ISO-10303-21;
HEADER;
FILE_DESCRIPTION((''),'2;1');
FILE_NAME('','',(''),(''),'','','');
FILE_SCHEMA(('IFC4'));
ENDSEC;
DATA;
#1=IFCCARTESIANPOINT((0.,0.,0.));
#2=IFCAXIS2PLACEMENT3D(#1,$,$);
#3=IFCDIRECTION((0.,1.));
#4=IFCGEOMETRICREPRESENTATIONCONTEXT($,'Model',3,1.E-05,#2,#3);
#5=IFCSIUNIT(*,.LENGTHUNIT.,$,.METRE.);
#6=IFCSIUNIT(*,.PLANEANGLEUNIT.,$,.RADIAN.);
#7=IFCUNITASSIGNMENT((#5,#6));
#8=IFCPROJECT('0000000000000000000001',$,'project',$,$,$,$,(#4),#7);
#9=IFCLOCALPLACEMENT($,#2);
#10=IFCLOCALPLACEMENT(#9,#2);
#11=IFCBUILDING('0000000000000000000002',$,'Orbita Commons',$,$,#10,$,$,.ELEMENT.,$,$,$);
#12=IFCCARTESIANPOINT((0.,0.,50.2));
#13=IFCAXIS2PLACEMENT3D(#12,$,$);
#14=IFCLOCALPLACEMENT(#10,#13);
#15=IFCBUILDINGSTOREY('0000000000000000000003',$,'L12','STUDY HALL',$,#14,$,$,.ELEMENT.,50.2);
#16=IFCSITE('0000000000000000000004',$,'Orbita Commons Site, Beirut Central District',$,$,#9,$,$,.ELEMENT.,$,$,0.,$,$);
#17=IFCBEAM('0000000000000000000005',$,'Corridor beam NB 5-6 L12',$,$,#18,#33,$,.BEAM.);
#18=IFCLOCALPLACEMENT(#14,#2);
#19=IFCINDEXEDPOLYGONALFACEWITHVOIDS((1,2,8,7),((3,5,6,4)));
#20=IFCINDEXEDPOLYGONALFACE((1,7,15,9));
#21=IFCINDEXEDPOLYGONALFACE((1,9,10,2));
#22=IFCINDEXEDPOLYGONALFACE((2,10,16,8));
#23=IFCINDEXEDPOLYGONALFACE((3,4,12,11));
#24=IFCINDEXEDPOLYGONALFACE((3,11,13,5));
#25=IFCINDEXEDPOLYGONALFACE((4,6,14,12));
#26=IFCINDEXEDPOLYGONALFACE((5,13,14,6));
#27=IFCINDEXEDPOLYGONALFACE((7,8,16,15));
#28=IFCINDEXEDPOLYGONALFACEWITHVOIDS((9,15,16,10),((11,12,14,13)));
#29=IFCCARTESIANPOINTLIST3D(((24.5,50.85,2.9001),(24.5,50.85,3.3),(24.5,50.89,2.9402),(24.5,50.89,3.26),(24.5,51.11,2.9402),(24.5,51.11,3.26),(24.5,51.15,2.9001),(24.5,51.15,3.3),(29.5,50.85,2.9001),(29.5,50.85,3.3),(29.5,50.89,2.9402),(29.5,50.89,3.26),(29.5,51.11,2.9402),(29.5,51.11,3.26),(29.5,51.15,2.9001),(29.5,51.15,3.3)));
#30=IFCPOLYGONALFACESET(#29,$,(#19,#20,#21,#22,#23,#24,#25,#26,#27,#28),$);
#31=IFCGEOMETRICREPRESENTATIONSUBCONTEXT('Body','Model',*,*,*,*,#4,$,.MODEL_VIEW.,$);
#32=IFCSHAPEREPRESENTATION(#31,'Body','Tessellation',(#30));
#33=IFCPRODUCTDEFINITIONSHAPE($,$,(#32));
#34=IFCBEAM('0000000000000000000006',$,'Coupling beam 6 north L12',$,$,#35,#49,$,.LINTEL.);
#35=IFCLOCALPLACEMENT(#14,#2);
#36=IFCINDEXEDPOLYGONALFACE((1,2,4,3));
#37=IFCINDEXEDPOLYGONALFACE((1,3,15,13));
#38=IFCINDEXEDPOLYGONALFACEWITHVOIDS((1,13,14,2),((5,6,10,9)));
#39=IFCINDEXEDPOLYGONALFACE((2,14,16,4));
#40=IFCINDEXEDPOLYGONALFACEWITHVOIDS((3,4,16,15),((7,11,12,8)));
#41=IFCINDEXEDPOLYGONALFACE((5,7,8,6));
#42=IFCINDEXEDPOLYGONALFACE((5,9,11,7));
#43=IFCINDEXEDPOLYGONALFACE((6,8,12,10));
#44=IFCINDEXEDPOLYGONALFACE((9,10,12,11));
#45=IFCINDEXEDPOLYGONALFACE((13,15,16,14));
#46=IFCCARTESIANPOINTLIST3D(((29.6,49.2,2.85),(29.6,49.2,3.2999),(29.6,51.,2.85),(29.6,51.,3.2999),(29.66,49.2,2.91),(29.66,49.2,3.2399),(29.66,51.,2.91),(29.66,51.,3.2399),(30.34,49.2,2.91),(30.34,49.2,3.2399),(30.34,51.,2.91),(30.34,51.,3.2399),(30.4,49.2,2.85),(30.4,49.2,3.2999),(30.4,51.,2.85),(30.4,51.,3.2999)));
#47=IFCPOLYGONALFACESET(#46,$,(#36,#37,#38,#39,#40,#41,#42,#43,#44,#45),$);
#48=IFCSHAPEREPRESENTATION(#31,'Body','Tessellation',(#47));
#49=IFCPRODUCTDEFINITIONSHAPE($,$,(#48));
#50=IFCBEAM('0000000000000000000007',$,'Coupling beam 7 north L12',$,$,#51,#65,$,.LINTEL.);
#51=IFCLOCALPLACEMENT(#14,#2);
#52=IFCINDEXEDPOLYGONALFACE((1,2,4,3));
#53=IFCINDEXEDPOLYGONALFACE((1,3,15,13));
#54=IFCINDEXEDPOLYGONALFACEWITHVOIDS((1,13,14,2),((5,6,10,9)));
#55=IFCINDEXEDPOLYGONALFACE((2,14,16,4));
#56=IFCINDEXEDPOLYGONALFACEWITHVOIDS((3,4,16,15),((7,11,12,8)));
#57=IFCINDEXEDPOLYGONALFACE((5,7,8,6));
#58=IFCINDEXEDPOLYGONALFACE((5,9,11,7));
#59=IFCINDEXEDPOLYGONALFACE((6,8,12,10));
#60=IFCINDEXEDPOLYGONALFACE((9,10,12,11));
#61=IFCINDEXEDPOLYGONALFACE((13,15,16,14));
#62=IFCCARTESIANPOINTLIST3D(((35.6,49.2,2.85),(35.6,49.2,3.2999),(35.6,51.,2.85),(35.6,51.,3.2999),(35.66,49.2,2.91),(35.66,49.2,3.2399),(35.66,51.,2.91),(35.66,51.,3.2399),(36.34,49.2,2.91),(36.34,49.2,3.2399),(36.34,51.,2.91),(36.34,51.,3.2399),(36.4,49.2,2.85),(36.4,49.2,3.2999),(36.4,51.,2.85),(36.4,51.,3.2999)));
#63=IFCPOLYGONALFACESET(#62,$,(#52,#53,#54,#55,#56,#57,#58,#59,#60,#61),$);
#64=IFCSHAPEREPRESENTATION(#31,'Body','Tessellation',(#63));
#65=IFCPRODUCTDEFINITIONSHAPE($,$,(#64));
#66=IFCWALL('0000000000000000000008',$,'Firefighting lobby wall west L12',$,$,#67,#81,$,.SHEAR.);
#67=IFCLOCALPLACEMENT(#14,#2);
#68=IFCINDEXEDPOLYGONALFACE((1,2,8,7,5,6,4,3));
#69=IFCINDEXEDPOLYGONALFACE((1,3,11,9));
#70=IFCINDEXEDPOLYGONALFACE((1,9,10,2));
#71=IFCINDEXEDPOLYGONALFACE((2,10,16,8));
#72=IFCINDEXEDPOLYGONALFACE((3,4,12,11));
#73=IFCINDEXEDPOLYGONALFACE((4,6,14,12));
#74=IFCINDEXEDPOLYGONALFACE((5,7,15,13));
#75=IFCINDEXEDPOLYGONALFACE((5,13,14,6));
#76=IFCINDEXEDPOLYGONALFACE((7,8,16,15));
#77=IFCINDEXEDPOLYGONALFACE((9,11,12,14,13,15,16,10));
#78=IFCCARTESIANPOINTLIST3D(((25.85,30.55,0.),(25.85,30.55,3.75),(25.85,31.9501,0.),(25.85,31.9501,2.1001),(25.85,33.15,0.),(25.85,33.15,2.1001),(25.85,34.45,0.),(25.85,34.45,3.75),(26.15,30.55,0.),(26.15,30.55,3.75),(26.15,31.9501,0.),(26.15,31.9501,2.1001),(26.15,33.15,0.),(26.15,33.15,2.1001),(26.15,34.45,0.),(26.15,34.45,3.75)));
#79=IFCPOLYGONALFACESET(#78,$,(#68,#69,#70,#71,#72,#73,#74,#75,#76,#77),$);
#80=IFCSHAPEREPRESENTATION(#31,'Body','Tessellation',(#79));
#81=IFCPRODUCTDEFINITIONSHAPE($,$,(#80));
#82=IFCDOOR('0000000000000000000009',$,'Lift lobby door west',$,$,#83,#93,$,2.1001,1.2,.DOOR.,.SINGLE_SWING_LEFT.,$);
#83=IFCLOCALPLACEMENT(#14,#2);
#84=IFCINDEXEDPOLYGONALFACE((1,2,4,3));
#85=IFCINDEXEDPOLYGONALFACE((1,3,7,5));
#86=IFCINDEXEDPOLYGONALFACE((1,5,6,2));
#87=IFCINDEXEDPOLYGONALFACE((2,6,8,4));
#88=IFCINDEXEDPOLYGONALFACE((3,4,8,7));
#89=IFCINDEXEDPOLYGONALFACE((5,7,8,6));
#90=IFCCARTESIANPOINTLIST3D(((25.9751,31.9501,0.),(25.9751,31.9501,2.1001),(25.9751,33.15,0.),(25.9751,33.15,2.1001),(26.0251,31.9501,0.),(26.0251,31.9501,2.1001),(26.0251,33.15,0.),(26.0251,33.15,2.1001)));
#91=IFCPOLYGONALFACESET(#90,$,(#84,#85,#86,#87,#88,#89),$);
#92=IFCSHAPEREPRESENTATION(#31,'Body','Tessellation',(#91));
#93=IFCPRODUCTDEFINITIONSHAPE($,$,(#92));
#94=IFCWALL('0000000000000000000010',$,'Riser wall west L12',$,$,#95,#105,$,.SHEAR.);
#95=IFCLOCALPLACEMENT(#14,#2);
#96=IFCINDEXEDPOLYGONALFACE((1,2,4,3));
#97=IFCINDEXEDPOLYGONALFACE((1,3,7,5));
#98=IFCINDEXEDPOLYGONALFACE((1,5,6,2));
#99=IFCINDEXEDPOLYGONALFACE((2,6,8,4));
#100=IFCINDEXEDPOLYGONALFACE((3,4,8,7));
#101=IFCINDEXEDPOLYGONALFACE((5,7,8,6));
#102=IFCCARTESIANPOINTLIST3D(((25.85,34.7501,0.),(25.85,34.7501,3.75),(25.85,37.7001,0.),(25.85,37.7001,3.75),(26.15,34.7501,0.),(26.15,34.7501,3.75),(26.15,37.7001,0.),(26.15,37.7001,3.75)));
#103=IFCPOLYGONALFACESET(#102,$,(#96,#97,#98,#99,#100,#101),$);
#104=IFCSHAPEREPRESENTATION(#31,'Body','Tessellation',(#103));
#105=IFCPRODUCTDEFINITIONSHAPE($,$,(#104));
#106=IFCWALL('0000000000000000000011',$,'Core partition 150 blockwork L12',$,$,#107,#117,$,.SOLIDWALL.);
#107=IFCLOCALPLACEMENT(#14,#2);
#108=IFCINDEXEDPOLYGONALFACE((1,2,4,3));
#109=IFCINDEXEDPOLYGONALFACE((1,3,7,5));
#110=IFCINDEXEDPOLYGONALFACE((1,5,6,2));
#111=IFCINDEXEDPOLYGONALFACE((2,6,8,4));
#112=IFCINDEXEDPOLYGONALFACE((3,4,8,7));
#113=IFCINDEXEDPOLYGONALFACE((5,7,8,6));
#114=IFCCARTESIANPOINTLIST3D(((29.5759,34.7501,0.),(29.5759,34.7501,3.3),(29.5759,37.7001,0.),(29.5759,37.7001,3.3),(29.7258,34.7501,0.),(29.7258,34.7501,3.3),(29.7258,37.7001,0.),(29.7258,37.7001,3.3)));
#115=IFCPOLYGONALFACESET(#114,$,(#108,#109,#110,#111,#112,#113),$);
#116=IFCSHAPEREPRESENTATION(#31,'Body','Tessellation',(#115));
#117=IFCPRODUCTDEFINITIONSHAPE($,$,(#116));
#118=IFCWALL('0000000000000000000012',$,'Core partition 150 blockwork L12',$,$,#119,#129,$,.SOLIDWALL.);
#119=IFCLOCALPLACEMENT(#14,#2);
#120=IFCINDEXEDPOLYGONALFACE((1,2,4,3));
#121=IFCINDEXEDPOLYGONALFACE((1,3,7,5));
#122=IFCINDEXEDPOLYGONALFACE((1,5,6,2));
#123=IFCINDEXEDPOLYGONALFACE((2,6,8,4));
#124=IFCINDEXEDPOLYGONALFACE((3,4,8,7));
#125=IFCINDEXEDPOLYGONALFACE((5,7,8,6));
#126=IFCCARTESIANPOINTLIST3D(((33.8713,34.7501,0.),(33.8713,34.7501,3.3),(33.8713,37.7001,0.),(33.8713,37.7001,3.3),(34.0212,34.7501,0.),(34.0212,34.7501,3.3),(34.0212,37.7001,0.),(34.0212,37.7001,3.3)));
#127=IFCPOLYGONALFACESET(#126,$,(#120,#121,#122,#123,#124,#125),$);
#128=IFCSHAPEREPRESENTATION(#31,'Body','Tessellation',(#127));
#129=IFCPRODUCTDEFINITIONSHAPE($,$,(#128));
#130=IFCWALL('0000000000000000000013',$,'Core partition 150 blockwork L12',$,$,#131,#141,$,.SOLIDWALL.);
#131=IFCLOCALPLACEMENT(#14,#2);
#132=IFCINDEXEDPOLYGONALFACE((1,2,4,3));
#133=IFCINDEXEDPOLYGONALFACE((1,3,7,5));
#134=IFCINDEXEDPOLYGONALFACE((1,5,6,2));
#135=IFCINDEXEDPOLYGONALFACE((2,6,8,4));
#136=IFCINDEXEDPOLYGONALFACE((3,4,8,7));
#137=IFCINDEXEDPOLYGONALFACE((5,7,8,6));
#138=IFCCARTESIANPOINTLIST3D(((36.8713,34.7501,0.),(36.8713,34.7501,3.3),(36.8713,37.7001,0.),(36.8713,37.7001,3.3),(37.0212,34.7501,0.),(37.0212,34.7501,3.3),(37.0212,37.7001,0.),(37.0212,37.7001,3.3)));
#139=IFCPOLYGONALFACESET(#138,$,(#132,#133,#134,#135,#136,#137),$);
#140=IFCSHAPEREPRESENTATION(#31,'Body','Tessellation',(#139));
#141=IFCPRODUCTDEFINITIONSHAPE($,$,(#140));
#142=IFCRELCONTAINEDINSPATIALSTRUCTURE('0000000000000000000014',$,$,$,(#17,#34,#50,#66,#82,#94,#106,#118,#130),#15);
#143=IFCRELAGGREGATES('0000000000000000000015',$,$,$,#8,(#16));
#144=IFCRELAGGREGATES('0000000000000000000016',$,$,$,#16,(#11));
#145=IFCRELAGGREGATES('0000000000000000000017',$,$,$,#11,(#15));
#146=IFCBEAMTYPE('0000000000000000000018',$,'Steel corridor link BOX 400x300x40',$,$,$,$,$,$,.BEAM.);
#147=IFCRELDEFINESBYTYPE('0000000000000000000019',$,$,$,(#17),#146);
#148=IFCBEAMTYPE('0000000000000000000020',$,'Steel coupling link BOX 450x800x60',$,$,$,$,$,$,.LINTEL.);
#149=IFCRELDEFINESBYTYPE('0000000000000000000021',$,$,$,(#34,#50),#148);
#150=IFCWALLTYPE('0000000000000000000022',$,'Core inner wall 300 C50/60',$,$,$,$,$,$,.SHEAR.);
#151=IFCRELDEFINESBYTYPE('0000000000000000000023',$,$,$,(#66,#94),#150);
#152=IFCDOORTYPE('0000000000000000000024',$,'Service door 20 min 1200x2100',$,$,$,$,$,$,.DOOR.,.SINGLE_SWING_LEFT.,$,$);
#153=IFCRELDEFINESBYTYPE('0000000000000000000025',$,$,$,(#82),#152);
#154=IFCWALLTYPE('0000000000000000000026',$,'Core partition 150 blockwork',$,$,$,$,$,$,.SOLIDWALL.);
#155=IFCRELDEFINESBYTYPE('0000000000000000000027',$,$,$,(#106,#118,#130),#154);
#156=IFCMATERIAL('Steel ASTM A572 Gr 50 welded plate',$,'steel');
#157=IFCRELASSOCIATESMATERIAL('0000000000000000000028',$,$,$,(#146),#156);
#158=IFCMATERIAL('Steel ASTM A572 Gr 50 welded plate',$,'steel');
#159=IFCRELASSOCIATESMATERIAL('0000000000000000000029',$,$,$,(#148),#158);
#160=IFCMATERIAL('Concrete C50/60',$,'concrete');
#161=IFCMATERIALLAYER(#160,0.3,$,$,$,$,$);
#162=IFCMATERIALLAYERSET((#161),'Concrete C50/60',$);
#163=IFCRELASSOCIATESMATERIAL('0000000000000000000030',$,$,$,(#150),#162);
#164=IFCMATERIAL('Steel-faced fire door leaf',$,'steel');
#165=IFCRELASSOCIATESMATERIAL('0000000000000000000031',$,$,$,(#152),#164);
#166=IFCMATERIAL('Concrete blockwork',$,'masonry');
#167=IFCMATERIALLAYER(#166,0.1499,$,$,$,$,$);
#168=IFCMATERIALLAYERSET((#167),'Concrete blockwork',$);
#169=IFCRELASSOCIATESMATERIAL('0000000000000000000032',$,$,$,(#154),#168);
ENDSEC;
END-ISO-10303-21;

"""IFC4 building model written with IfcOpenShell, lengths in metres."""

from ifc_helpers import new_model, si_unit, direction, frame, frame_2d, origin, origin_2d, place, context, subcontext, project, spatial, rectangle, hollow_rectangle, extrude, material, layer, layer_set, material_profile, profile_set, type_object, element, fill, save


model = new_model("IFC4")

# Units and contexts
model_context = context("Model", 3, precision=1e-05, world=origin(), true_north=direction((0.0, 1.0)))
body_context = subcontext(model_context, "Body", "Model", "MODEL_VIEW")
ifc_project = project(units=[si_unit("LENGTHUNIT", "METRE"), si_unit("PLANEANGLEUNIT", "RADIAN")], contexts=[model_context])

# Site, building, storey
site_placement = place(None, origin())
site = spatial("IfcSite", under=ifc_project, at=site_placement, Name="Orbita Commons Site, Beirut Central District", CompositionType="ELEMENT", RefElevation=0.0)
building_placement = place(site_placement, origin())
building = spatial("IfcBuilding", under=site, at=building_placement, Name="Orbita Commons", CompositionType="ELEMENT")
storey_placement = place(building_placement, frame((0.0, 0.0, 50.2)))
storey = spatial("IfcBuildingStorey", under=building, at=storey_placement, Name="L12", Description="STUDY HALL", CompositionType="ELEMENT", Elevation=50.2)

# Beams
ifc_material_1 = material(Name="Steel ASTM A572 Gr 50 welded plate", Category="steel")
ifc_material_profile_1 = material_profile(ifc_material_1, hollow_rectangle(XDim=0.3, YDim=0.3999, WallThickness=0.04, at=origin_2d()), Name="BOX 400x300x40")
ifc_profile_set_1 = profile_set([ifc_material_profile_1], Name="Steel ASTM A572 Gr 50 welded plate")
beam_type_1 = type_object("IfcBeamType", Name="Steel corridor link BOX 400x300x40", PredefinedType="BEAM", material=ifc_profile_set_1)
beam_placement = place(storey_placement, frame((24.5, 51.0, 3.1001), z_axis=(1.0, 0.0, 0.0), x_axis=(0.0, 1.0, 0.0)))
element("IfcBeam", 1, at=beam_placement, inside=storey, type_object=beam_type_1, Name="Corridor beam NB 5-6 L12", PredefinedType="BEAM", context=body_context, shape_type="SweptSolid", body=[
    extrude(hollow_rectangle(XDim=0.3, YDim=0.3999, WallThickness=0.04, at=origin_2d()), origin(), (0.0, 0.0, 1.0), 5.0),
])
ifc_material_2 = material(Name="Steel ASTM A572 Gr 50 welded plate", Category="steel")
ifc_material_profile_2 = material_profile(ifc_material_2, hollow_rectangle(XDim=0.8, YDim=0.45, WallThickness=0.0601, at=origin_2d()), Name="BOX 450x800x60")
ifc_profile_set_2 = profile_set([ifc_material_profile_2], Name="Steel ASTM A572 Gr 50 welded plate")
beam_type_2 = type_object("IfcBeamType", Name="Steel coupling link BOX 450x800x60", PredefinedType="LINTEL", material=ifc_profile_set_2)
for number, where, z_axis, x_axis, name in (
    (2, (30.0, 49.2, 3.075), (0.0, 1.0, 0.0), (-1.0, 0.0, 0.0), "Coupling beam 6 north L12"),
    (3, (36.0, 49.2, 3.075), (0.0, 1.0, 0.0), (-1.0, 0.0, 0.0), "Coupling beam 7 north L12"),
):
    element("IfcBeam", number, at=place(storey_placement, frame(where, z_axis=z_axis, x_axis=x_axis)), inside=storey, type_object=beam_type_2, Name=name, PredefinedType="LINTEL", context=body_context, shape_type="SweptSolid", body=[
        extrude(hollow_rectangle(XDim=0.8, YDim=0.45, WallThickness=0.0601, at=origin_2d()), origin(), (0.0, 0.0, 1.0), 1.8),
    ])

# Wall, opening, door
ifc_material_3 = material(Name="Concrete C50/60", Category="concrete")
ifc_layer_1 = layer(ifc_material_3, 0.3)
ifc_layer_set_1 = layer_set([ifc_layer_1], Name="Concrete C50/60")
wall_type_1 = type_object("IfcWallType", Name="Core inner wall 300 C50/60", PredefinedType="SHEAR", material=ifc_layer_set_1)
wall_1_placement = place(storey_placement, frame((26.0, 30.55, 0.0), z_axis=(0.0, 0.0, 1.0), x_axis=(0.0, 1.0, 0.0)))
wall_1 = element("IfcWall", 4, at=wall_1_placement, inside=storey, type_object=wall_type_1, Name="Firefighting lobby wall west L12", PredefinedType="SHEAR", context=body_context, shape_type="SweptSolid", body=[
    extrude(rectangle(XDim=3.8999, YDim=0.3, at=frame_2d((1.95, 0.0))), origin(), (0.0, 0.0, 1.0), 3.75),
])
opening_1_placement = place(wall_1_placement, frame((1.3999, 0.0, 0.0)))
opening_1 = element("IfcOpeningElement", 5, at=opening_1_placement, cuts=wall_1, PredefinedType="OPENING", context=body_context, shape_type="SweptSolid", body=[
    extrude(rectangle(XDim=1.2, YDim=2.1001, at=frame_2d((0.6001, 1.05))), frame((0.0, 0.1599, 0.0), z_axis=(0.0, -1.0, 0.0), x_axis=(1.0, 0.0, 0.0)), (0.0, 0.0, 1.0), 0.3201),
])
ifc_material_4 = material(Name="Steel-faced fire door leaf", Category="steel")
door_type_1 = type_object("IfcDoorType", Name="Service door 20 min 1200x2100", OperationType="SINGLE_SWING_LEFT", PredefinedType="DOOR", material=ifc_material_4)
door_1_placement = place(opening_1_placement, origin())
door_1 = element("IfcDoor", 6, at=door_1_placement, inside=storey, type_object=door_type_1, Name="Lift lobby door west", OperationType="SINGLE_SWING_LEFT", OverallHeight=2.1001, OverallWidth=1.2, PredefinedType="DOOR", context=body_context, shape_type="SweptSolid", body=[
    extrude(rectangle(XDim=1.2, YDim=2.1001, at=frame_2d((0.6001, 1.05))), frame((0.0, 0.0249, 0.0), z_axis=(0.0, -1.0, 0.0), x_axis=(1.0, 0.0, 0.0)), (0.0, 0.0, 1.0), 0.05),
])
fill(opening_1, door_1)

# Walls
wall_2_placement = place(storey_placement, frame((26.0, 34.75, 0.0), z_axis=(0.0, 0.0, 1.0), x_axis=(0.0, 1.0, 0.0)))
element("IfcWall", 7, at=wall_2_placement, inside=storey, type_object=wall_type_1, Name="Riser wall west L12", PredefinedType="SHEAR", context=body_context, shape_type="SweptSolid", body=[
    extrude(rectangle(XDim=2.95, YDim=0.3, at=frame_2d((1.4751, 0.0))), origin(), (0.0, 0.0, 1.0), 3.75),
])
ifc_material_5 = material(Name="Concrete blockwork", Category="masonry")
ifc_layer_2 = layer(ifc_material_5, 0.1499)
ifc_layer_set_2 = layer_set([ifc_layer_2], Name="Concrete blockwork")
wall_type_2 = type_object("IfcWallType", Name="Core partition 150 blockwork", PredefinedType="SOLIDWALL", material=ifc_layer_set_2)
for number, where, z_axis, x_axis, name in (
    (8, (29.6509, 34.75, 0.0), (0.0, 0.0, 1.0), (0.0, 1.0, 0.0), "Core partition 150 blockwork L12"),
    (9, (33.9463, 34.75, 0.0), (0.0, 0.0, 1.0), (0.0, 1.0, 0.0), "Core partition 150 blockwork L12"),
    (10, (36.9463, 34.75, 0.0), (0.0, 0.0, 1.0), (0.0, 1.0, 0.0), "Core partition 150 blockwork L12"),
):
    element("IfcWall", number, at=place(storey_placement, frame(where, z_axis=z_axis, x_axis=x_axis)), inside=storey, type_object=wall_type_2, Name=name, PredefinedType="SOLIDWALL", context=body_context, shape_type="SweptSolid", body=[
        extrude(rectangle(XDim=2.95, YDim=0.1499, at=frame_2d((1.4751, 0.0))), origin(), (0.0, 0.0, 1.0), 3.3),
    ])

save(model, "model.ifc")
